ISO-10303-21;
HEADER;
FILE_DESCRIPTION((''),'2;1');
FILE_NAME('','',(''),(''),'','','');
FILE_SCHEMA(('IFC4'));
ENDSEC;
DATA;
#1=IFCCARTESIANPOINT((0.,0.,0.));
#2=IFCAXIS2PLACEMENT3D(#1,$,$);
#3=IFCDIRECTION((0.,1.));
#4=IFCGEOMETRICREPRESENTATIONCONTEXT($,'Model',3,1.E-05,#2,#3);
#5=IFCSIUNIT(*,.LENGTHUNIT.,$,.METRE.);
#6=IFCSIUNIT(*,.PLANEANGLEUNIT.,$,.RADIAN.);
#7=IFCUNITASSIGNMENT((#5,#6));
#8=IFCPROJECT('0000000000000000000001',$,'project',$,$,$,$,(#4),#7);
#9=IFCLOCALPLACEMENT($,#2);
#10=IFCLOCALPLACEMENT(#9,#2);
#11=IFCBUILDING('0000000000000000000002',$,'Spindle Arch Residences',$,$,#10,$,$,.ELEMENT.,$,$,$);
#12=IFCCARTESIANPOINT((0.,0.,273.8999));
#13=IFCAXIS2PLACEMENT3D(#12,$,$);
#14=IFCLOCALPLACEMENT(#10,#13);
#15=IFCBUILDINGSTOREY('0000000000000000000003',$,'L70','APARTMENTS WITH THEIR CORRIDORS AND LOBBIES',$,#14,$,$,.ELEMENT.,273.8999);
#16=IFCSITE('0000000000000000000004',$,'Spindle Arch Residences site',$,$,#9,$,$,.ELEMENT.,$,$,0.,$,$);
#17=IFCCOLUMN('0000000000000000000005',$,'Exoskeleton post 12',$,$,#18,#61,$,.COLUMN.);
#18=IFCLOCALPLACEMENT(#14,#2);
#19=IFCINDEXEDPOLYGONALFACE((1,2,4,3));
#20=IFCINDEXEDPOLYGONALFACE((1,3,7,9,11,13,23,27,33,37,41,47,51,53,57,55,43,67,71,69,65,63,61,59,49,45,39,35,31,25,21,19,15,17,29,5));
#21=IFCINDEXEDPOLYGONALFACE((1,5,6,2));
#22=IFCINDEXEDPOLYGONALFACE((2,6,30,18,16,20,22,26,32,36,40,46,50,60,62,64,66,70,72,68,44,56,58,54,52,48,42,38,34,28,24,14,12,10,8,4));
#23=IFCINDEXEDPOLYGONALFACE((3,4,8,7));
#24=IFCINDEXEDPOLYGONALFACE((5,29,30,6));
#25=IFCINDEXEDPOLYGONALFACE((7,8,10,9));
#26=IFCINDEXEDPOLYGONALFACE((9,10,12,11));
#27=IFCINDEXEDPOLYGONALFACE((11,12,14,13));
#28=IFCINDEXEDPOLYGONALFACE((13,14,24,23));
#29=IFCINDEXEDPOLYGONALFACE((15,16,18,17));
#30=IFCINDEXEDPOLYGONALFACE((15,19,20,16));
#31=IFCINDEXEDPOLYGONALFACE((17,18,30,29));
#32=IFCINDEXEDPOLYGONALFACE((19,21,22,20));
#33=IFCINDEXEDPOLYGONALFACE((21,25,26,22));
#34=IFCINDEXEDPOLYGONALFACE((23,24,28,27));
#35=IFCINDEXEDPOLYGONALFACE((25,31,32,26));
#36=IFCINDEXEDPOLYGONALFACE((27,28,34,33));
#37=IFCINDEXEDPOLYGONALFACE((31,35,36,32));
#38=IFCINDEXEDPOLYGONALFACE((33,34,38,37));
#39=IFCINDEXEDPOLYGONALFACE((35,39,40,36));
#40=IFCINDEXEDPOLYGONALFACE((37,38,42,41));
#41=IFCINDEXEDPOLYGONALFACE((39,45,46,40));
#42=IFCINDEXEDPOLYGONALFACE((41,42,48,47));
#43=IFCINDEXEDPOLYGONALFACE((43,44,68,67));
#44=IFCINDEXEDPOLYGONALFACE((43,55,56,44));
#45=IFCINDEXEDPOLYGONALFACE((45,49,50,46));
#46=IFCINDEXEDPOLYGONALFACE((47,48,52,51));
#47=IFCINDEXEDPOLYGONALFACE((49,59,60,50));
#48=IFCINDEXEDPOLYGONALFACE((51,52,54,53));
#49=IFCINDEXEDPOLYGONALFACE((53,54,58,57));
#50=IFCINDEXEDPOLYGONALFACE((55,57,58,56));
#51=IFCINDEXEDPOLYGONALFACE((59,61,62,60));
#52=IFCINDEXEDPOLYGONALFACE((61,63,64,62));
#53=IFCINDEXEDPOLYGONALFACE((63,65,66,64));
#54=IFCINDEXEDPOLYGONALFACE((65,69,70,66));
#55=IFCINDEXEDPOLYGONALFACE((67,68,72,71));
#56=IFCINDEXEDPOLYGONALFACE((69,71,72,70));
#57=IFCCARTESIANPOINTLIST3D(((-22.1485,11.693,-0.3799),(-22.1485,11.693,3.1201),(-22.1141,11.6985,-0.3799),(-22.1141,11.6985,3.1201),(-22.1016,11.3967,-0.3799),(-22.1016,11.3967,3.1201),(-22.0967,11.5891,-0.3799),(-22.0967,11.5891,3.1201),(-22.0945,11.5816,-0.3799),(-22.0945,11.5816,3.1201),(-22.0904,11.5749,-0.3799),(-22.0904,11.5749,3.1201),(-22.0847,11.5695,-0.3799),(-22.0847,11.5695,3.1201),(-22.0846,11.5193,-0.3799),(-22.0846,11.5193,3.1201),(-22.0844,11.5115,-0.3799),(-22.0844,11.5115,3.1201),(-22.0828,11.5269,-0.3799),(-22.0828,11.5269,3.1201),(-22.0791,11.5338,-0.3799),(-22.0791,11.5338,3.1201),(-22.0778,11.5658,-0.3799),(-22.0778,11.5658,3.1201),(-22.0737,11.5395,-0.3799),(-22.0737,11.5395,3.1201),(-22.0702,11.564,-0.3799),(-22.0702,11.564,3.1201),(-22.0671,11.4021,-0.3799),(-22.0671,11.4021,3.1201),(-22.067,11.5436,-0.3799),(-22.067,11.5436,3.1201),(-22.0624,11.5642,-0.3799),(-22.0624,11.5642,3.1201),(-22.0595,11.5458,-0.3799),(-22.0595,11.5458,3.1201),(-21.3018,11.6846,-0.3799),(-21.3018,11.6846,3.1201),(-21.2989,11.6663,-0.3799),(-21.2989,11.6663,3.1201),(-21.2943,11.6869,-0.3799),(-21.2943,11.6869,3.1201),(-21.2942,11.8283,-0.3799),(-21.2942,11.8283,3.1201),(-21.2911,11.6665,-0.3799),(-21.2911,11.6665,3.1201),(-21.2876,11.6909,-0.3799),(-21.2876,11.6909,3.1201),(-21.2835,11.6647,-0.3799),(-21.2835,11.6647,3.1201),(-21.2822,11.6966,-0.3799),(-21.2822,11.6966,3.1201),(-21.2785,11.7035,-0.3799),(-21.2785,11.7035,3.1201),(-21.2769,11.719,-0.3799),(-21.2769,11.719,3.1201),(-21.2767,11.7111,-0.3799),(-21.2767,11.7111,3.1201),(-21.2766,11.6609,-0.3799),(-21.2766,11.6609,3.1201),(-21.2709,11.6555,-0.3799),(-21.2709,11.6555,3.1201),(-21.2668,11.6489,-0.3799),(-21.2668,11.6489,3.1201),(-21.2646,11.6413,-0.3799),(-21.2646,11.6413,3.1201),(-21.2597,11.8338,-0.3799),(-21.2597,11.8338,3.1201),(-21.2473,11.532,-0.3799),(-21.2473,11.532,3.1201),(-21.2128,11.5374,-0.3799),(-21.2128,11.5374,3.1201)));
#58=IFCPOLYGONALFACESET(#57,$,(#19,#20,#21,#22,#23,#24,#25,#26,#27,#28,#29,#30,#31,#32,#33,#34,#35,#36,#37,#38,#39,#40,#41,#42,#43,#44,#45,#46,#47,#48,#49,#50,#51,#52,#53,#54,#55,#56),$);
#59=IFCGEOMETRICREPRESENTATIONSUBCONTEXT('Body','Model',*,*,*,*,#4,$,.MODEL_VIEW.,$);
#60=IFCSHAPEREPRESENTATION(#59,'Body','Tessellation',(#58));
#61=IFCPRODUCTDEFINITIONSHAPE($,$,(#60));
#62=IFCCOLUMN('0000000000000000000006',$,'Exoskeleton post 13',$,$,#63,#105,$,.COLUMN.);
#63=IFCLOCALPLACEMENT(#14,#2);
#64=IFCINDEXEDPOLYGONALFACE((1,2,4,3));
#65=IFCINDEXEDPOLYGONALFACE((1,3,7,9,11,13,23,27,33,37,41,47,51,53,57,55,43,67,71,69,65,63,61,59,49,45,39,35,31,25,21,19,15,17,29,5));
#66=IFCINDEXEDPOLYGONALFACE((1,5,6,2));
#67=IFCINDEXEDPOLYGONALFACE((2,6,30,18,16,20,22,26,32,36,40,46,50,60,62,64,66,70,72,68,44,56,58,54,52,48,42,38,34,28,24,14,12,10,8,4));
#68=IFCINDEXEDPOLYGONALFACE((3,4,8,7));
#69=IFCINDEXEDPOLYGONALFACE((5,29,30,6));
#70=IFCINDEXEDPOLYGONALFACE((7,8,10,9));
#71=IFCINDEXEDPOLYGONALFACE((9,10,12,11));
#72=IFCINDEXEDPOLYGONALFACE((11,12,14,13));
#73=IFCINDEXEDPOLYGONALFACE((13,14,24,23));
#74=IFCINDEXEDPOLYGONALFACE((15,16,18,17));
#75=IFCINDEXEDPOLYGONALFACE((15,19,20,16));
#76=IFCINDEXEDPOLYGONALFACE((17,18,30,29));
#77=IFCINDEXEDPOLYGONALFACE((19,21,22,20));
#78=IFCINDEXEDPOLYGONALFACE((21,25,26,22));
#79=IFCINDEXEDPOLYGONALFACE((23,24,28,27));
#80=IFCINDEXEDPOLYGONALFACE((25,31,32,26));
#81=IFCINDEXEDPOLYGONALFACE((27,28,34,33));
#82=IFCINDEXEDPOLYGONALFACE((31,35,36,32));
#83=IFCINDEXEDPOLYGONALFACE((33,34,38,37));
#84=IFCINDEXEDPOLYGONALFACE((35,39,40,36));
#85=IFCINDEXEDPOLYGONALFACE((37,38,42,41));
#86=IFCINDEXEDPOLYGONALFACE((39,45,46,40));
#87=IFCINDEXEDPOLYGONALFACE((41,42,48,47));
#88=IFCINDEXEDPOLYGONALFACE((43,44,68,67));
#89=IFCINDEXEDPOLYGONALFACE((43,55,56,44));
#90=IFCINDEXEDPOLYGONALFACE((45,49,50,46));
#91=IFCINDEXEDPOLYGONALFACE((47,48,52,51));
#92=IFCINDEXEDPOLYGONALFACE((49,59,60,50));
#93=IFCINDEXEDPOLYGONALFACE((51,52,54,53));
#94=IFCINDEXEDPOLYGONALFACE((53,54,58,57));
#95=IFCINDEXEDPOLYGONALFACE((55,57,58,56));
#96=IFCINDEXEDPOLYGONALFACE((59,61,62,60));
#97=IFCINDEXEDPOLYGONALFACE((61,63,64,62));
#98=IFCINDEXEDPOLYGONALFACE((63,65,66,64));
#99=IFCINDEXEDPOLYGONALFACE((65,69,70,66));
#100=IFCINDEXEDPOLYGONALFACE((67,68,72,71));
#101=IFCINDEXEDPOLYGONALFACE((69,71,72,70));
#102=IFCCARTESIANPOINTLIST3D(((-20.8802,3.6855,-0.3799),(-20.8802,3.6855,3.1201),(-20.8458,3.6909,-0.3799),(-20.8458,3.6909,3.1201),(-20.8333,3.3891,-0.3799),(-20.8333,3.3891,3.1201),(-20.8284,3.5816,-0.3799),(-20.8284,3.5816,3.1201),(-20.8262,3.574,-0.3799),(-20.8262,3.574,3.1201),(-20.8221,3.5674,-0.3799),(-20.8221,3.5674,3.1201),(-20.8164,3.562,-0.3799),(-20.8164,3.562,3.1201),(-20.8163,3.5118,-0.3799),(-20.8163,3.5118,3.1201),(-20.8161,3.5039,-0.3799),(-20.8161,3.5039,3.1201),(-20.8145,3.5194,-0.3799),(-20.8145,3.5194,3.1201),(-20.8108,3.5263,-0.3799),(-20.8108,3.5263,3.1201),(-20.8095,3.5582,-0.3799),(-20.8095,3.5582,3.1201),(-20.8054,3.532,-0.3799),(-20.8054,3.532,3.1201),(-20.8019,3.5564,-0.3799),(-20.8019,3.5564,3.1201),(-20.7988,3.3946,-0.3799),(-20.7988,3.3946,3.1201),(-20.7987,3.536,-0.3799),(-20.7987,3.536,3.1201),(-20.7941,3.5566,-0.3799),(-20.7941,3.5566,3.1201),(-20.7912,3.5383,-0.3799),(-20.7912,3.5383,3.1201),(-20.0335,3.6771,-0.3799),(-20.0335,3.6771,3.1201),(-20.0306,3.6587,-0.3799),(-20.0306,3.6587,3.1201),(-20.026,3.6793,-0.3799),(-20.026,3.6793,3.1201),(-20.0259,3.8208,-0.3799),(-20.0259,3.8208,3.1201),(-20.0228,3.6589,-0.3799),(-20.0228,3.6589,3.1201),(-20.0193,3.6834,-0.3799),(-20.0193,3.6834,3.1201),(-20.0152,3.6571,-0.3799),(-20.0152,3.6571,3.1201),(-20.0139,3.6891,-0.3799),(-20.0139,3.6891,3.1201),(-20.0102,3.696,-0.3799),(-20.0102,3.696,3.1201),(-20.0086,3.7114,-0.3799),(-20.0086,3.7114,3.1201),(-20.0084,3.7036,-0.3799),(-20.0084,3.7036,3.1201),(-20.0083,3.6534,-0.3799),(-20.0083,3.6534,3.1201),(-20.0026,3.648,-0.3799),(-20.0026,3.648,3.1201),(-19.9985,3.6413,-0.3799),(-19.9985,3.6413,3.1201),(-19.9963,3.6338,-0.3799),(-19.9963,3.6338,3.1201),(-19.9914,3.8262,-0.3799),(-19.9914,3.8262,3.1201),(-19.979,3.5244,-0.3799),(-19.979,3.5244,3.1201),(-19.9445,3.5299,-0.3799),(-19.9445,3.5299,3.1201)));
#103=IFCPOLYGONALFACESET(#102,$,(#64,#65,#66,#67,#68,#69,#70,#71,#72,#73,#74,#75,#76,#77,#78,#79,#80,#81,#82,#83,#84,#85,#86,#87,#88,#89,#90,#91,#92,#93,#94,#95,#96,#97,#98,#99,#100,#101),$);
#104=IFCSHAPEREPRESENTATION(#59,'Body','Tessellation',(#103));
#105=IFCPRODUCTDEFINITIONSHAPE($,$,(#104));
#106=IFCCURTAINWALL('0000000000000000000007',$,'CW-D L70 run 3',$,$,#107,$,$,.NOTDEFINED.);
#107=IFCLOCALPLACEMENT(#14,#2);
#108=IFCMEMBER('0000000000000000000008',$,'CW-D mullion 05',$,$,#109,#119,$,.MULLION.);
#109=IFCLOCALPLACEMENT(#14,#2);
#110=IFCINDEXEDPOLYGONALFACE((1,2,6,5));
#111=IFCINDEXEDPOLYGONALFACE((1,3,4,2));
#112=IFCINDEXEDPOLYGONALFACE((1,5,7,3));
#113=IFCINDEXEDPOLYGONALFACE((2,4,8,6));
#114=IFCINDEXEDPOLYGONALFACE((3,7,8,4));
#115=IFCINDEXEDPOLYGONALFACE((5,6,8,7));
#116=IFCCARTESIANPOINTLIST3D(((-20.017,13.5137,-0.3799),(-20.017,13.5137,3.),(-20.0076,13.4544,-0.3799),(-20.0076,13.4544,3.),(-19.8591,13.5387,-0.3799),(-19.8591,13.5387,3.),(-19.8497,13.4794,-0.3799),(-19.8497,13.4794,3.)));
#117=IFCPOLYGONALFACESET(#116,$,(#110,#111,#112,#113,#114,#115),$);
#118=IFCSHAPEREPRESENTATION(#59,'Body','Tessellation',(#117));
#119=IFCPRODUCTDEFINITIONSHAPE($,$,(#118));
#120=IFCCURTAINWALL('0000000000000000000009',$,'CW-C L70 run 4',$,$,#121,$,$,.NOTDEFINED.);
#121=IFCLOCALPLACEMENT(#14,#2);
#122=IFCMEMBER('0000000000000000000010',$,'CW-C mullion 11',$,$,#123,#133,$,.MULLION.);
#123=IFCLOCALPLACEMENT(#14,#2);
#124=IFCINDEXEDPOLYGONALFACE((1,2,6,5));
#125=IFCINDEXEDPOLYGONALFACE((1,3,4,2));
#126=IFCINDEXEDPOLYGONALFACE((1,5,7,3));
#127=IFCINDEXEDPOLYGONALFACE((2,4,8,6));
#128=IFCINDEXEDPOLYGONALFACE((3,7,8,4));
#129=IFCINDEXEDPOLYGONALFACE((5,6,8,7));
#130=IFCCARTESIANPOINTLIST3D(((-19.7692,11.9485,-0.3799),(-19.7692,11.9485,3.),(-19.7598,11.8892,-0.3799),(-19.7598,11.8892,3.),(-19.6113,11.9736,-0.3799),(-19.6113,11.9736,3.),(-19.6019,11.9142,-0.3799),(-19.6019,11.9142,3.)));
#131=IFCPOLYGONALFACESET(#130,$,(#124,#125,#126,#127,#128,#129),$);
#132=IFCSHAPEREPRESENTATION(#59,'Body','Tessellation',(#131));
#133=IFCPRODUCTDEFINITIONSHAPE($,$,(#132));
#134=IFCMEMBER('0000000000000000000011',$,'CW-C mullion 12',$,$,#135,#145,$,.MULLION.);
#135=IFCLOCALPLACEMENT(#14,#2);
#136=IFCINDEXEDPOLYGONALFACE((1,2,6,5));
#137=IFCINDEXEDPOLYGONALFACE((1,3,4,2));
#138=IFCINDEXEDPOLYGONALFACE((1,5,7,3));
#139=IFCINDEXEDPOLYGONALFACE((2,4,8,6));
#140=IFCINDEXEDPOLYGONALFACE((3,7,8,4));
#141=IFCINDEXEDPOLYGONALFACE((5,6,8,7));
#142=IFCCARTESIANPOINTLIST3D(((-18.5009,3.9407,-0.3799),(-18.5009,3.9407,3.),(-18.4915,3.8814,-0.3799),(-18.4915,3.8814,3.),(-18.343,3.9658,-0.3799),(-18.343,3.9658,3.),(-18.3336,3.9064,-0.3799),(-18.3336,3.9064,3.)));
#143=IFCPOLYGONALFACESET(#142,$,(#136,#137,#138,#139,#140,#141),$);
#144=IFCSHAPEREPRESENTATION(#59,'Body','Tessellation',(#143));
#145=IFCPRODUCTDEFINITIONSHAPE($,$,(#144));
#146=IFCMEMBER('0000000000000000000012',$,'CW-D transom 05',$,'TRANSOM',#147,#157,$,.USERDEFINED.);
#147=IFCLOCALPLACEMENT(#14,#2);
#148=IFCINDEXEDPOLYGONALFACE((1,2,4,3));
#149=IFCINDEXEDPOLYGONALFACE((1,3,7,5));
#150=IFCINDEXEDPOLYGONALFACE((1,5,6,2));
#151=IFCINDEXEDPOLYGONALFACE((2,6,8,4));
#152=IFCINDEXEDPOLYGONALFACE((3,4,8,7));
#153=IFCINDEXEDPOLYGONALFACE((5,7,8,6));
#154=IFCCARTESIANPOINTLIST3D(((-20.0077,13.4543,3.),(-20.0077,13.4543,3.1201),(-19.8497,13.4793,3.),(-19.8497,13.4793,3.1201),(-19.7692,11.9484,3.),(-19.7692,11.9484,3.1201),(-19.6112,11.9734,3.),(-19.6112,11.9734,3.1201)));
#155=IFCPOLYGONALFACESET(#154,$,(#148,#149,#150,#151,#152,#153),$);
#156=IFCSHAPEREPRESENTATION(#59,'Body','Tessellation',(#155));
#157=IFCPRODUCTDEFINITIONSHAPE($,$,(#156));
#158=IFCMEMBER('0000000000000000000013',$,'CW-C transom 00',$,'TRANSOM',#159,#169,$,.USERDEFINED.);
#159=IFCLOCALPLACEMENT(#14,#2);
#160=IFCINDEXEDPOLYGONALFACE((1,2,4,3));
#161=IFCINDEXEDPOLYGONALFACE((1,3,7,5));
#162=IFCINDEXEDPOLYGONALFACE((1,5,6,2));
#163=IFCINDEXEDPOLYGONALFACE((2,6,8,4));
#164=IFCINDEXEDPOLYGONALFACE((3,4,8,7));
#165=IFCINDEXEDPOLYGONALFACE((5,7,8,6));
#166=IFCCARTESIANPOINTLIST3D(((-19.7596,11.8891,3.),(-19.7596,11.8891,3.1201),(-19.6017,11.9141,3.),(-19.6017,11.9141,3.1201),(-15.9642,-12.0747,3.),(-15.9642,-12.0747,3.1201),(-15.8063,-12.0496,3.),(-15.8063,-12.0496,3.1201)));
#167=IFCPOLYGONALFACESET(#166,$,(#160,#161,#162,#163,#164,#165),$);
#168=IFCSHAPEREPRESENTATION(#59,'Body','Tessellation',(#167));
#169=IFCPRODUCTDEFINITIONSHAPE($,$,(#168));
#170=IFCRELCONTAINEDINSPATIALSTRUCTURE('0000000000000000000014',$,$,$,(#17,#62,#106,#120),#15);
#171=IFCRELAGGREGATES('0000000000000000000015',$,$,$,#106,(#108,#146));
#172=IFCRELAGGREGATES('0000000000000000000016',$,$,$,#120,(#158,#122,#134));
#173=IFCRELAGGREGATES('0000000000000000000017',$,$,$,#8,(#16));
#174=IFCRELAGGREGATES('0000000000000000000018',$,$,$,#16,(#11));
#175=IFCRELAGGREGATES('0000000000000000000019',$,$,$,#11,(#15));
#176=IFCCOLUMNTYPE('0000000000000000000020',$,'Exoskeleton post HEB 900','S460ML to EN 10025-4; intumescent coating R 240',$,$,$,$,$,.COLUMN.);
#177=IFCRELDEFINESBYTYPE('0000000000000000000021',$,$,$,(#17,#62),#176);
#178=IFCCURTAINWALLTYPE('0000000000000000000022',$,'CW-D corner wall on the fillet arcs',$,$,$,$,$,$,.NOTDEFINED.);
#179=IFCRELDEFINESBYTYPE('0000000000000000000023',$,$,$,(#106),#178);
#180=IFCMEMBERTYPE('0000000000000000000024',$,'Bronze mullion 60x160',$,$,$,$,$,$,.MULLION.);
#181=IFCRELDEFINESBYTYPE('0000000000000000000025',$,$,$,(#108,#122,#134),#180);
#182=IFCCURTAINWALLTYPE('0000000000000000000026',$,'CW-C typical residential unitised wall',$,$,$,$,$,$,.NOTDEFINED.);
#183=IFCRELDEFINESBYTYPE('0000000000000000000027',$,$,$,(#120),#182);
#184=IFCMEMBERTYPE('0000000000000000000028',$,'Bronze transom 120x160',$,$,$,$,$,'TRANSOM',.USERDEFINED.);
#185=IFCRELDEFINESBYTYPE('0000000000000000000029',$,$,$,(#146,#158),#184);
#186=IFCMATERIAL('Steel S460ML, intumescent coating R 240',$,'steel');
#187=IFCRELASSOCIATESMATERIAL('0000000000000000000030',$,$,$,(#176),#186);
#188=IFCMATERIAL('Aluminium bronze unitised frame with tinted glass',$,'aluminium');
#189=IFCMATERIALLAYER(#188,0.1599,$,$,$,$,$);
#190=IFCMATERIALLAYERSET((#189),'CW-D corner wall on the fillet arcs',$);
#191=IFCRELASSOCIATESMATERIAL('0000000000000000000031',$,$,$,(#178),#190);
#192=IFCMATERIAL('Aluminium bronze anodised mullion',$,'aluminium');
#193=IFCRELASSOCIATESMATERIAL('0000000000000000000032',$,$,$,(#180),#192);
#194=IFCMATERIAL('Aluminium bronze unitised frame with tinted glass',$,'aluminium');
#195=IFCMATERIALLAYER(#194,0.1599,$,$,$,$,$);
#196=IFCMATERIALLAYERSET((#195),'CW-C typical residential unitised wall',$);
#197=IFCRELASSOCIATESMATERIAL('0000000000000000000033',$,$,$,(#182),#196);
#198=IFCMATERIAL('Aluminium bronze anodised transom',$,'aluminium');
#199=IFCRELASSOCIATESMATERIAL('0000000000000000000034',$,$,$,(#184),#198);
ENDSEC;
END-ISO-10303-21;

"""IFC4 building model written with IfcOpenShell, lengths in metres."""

from ifc_helpers import new_model, si_unit, direction, frame, origin, origin_2d, place, context, subcontext, project, spatial, rectangle, i_section, extrude, material, layer, layer_set, material_profile, profile_set, type_object, element, aggregate, save


model = new_model("IFC4")

# Units and contexts
model_context = context("Model", 3, precision=1e-05, world=origin(), true_north=direction((0.0, 1.0)))
body_context = subcontext(model_context, "Body", "Model", "MODEL_VIEW")
ifc_project = project(units=[si_unit("LENGTHUNIT", "METRE"), si_unit("PLANEANGLEUNIT", "RADIAN")], contexts=[model_context])

# Site, building, storey
site_placement = place(None, origin())
site = spatial("IfcSite", under=ifc_project, at=site_placement, Name="Spindle Arch Residences site", CompositionType="ELEMENT", RefElevation=0.0)
building_placement = place(site_placement, origin())
building = spatial("IfcBuilding", under=site, at=building_placement, Name="Spindle Arch Residences", CompositionType="ELEMENT")
storey_placement = place(building_placement, frame((0.0, 0.0, 273.8999)))
storey = spatial("IfcBuildingStorey", under=building, at=storey_placement, Name="L70", Description="APARTMENTS WITH THEIR CORRIDORS AND LOBBIES", CompositionType="ELEMENT", Elevation=273.8999)

# Columns
ifc_material_1 = material(Name="Steel S460ML, intumescent coating R 240", Category="steel")
ifc_material_profile_1 = material_profile(ifc_material_1, i_section(OverallWidth=0.3, OverallDepth=0.8999, WebThickness=0.0186, FlangeThickness=0.0349, FilletRadius=0.03, at=origin_2d()), Name="HEB 900")
ifc_profile_set_1 = profile_set([ifc_material_profile_1], Name="Steel S460ML, intumescent coating R 240")
column_type = type_object("IfcColumnType", Name="Exoskeleton post HEB 900", Description="S460ML to EN 10025-4; intumescent coating R 240", PredefinedType="COLUMN", material=ifc_profile_set_1)
for number, where, z_axis, x_axis, name in (
    (1, (-21.6807, 11.6152, -0.3799), (0.0, 0.0, 1.0), (-0.156434, 0.987688, 0.0), "Exoskeleton post 12"),
    (2, (-20.4124, 3.6077, -0.3799), (0.0, 0.0, 1.0), (-0.156434, 0.987688, 0.0), "Exoskeleton post 13"),
):
    element("IfcColumn", number, at=place(storey_placement, frame(where, z_axis=z_axis, x_axis=x_axis)), inside=storey, type_object=column_type, Name=name, PredefinedType="COLUMN", context=body_context, shape_type="SweptSolid", body=[
        extrude(i_section(OverallWidth=0.3, OverallDepth=0.8999, WebThickness=0.0186, FlangeThickness=0.0349, FilletRadius=0.03, at=origin_2d()), origin(), (0.0, 0.0, 1.0), 3.5),
    ])

# Curtain wall, member
ifc_material_2 = material(Name="Aluminium bronze unitised frame with tinted glass", Category="aluminium")
ifc_layer_1 = layer(ifc_material_2, 0.1599)
ifc_layer_set_1 = layer_set([ifc_layer_1], Name="CW-D corner wall on the fillet arcs")
curtain_wall_type_1 = type_object("IfcCurtainWallType", Name="CW-D corner wall on the fillet arcs", PredefinedType="NOTDEFINED", material=ifc_layer_set_1)
curtain_wall_1_placement = place(storey_placement, origin())
curtain_wall_1 = element("IfcCurtainWall", 3, at=curtain_wall_1_placement, inside=storey, type_object=curtain_wall_type_1, Name="CW-D L70 run 3", PredefinedType="NOTDEFINED")
ifc_material_3 = material(Name="Aluminium bronze anodised mullion", Category="aluminium")
ifc_material_profile_2 = material_profile(ifc_material_3, rectangle(XDim=0.1599, YDim=0.0601, at=origin_2d()), Name="MU 60x160")
ifc_profile_set_2 = profile_set([ifc_material_profile_2], Name="Aluminium bronze anodised mullion")
member_type_1 = type_object("IfcMemberType", Name="Bronze mullion 60x160", PredefinedType="MULLION", material=ifc_profile_set_2)
member_1_placement = place(storey_placement, frame((-19.9333, 13.4966, -0.3799), z_axis=(0.0, 0.0, 1.0), x_axis=(0.987688, 0.156434, 0.0)))
member_1 = element("IfcMember", 4, at=member_1_placement, type_object=member_type_1, Name="CW-D mullion 05", PredefinedType="MULLION", context=body_context, shape_type="SweptSolid", body=[
    extrude(rectangle(XDim=0.1599, YDim=0.0601, at=origin_2d()), origin(), (0.0, 0.0, 1.0), 3.3799),
])

# Curtain wall, members
ifc_material_4 = material(Name="Aluminium bronze unitised frame with tinted glass", Category="aluminium")
ifc_layer_2 = layer(ifc_material_4, 0.1599)
ifc_layer_set_2 = layer_set([ifc_layer_2], Name="CW-C typical residential unitised wall")
curtain_wall_type_2 = type_object("IfcCurtainWallType", Name="CW-C typical residential unitised wall", PredefinedType="NOTDEFINED", material=ifc_layer_set_2)
curtain_wall_2_placement = place(storey_placement, origin())
curtain_wall_2 = element("IfcCurtainWall", 5, at=curtain_wall_2_placement, inside=storey, type_object=curtain_wall_type_2, Name="CW-C L70 run 4", PredefinedType="NOTDEFINED")
member_2_placement = place(storey_placement, frame((-19.6855, 11.9314, -0.3799), z_axis=(0.0, 0.0, 1.0), x_axis=(0.987688, 0.156434, 0.0)))
member_2 = element("IfcMember", 6, at=member_2_placement, type_object=member_type_1, Name="CW-C mullion 11", PredefinedType="MULLION", context=body_context, shape_type="SweptSolid", body=[
    extrude(rectangle(XDim=0.1599, YDim=0.0601, at=origin_2d()), origin(), (0.0, 0.0, 1.0), 3.3799),
])
member_3_placement = place(storey_placement, frame((-18.4172, 3.9236, -0.3799), z_axis=(0.0, 0.0, 1.0), x_axis=(0.987688, 0.156434, 0.0)))
member_3 = element("IfcMember", 7, at=member_3_placement, type_object=member_type_1, Name="CW-C mullion 12", PredefinedType="MULLION", context=body_context, shape_type="SweptSolid", body=[
    extrude(rectangle(XDim=0.1599, YDim=0.0601, at=origin_2d()), origin(), (0.0, 0.0, 1.0), 3.3799),
])

# Members
ifc_material_5 = material(Name="Aluminium bronze anodised transom", Category="aluminium")
ifc_material_profile_3 = material_profile(ifc_material_5, rectangle(XDim=0.1599, YDim=0.1201, at=origin_2d()), Name="TR 120x160")
ifc_profile_set_3 = profile_set([ifc_material_profile_3], Name="Aluminium bronze anodised transom")
member_type_2 = type_object("IfcMemberType", Name="Bronze transom 120x160", ElementType="TRANSOM", PredefinedType="USERDEFINED", material=ifc_profile_set_3)
member_4_placement = place(storey_placement, frame((-19.9287, 13.4668, 3.0601), z_axis=(0.156448, -0.987686, 0.0), x_axis=(0.987686, 0.156448, 0.0)))
member_4 = element("IfcMember", 8, at=member_4_placement, type_object=member_type_2, Name="CW-D transom 05", ObjectType="TRANSOM", PredefinedType="USERDEFINED", context=body_context, shape_type="SweptSolid", body=[
    extrude(rectangle(XDim=0.1599, YDim=0.1201, at=origin_2d()), origin(), (0.0, 0.0, 1.0), 1.5247),
])
member_5_placement = place(storey_placement, frame((-19.6807, 11.9016, 3.0601), z_axis=(0.156431, -0.987689, 0.0), x_axis=(0.987689, 0.156431, 0.0)))
member_5 = element("IfcMember", 9, at=member_5_placement, type_object=member_type_2, Name="CW-C transom 00", ObjectType="TRANSOM", PredefinedType="USERDEFINED", context=body_context, shape_type="SweptSolid", body=[
    extrude(rectangle(XDim=0.1599, YDim=0.1201, at=origin_2d()), origin(), (0.0, 0.0, 1.0), 24.2625),
])

aggregate(curtain_wall_1, [member_1, member_4])
aggregate(curtain_wall_2, [member_5, member_2, member_3])

save(model, "model.ifc")
